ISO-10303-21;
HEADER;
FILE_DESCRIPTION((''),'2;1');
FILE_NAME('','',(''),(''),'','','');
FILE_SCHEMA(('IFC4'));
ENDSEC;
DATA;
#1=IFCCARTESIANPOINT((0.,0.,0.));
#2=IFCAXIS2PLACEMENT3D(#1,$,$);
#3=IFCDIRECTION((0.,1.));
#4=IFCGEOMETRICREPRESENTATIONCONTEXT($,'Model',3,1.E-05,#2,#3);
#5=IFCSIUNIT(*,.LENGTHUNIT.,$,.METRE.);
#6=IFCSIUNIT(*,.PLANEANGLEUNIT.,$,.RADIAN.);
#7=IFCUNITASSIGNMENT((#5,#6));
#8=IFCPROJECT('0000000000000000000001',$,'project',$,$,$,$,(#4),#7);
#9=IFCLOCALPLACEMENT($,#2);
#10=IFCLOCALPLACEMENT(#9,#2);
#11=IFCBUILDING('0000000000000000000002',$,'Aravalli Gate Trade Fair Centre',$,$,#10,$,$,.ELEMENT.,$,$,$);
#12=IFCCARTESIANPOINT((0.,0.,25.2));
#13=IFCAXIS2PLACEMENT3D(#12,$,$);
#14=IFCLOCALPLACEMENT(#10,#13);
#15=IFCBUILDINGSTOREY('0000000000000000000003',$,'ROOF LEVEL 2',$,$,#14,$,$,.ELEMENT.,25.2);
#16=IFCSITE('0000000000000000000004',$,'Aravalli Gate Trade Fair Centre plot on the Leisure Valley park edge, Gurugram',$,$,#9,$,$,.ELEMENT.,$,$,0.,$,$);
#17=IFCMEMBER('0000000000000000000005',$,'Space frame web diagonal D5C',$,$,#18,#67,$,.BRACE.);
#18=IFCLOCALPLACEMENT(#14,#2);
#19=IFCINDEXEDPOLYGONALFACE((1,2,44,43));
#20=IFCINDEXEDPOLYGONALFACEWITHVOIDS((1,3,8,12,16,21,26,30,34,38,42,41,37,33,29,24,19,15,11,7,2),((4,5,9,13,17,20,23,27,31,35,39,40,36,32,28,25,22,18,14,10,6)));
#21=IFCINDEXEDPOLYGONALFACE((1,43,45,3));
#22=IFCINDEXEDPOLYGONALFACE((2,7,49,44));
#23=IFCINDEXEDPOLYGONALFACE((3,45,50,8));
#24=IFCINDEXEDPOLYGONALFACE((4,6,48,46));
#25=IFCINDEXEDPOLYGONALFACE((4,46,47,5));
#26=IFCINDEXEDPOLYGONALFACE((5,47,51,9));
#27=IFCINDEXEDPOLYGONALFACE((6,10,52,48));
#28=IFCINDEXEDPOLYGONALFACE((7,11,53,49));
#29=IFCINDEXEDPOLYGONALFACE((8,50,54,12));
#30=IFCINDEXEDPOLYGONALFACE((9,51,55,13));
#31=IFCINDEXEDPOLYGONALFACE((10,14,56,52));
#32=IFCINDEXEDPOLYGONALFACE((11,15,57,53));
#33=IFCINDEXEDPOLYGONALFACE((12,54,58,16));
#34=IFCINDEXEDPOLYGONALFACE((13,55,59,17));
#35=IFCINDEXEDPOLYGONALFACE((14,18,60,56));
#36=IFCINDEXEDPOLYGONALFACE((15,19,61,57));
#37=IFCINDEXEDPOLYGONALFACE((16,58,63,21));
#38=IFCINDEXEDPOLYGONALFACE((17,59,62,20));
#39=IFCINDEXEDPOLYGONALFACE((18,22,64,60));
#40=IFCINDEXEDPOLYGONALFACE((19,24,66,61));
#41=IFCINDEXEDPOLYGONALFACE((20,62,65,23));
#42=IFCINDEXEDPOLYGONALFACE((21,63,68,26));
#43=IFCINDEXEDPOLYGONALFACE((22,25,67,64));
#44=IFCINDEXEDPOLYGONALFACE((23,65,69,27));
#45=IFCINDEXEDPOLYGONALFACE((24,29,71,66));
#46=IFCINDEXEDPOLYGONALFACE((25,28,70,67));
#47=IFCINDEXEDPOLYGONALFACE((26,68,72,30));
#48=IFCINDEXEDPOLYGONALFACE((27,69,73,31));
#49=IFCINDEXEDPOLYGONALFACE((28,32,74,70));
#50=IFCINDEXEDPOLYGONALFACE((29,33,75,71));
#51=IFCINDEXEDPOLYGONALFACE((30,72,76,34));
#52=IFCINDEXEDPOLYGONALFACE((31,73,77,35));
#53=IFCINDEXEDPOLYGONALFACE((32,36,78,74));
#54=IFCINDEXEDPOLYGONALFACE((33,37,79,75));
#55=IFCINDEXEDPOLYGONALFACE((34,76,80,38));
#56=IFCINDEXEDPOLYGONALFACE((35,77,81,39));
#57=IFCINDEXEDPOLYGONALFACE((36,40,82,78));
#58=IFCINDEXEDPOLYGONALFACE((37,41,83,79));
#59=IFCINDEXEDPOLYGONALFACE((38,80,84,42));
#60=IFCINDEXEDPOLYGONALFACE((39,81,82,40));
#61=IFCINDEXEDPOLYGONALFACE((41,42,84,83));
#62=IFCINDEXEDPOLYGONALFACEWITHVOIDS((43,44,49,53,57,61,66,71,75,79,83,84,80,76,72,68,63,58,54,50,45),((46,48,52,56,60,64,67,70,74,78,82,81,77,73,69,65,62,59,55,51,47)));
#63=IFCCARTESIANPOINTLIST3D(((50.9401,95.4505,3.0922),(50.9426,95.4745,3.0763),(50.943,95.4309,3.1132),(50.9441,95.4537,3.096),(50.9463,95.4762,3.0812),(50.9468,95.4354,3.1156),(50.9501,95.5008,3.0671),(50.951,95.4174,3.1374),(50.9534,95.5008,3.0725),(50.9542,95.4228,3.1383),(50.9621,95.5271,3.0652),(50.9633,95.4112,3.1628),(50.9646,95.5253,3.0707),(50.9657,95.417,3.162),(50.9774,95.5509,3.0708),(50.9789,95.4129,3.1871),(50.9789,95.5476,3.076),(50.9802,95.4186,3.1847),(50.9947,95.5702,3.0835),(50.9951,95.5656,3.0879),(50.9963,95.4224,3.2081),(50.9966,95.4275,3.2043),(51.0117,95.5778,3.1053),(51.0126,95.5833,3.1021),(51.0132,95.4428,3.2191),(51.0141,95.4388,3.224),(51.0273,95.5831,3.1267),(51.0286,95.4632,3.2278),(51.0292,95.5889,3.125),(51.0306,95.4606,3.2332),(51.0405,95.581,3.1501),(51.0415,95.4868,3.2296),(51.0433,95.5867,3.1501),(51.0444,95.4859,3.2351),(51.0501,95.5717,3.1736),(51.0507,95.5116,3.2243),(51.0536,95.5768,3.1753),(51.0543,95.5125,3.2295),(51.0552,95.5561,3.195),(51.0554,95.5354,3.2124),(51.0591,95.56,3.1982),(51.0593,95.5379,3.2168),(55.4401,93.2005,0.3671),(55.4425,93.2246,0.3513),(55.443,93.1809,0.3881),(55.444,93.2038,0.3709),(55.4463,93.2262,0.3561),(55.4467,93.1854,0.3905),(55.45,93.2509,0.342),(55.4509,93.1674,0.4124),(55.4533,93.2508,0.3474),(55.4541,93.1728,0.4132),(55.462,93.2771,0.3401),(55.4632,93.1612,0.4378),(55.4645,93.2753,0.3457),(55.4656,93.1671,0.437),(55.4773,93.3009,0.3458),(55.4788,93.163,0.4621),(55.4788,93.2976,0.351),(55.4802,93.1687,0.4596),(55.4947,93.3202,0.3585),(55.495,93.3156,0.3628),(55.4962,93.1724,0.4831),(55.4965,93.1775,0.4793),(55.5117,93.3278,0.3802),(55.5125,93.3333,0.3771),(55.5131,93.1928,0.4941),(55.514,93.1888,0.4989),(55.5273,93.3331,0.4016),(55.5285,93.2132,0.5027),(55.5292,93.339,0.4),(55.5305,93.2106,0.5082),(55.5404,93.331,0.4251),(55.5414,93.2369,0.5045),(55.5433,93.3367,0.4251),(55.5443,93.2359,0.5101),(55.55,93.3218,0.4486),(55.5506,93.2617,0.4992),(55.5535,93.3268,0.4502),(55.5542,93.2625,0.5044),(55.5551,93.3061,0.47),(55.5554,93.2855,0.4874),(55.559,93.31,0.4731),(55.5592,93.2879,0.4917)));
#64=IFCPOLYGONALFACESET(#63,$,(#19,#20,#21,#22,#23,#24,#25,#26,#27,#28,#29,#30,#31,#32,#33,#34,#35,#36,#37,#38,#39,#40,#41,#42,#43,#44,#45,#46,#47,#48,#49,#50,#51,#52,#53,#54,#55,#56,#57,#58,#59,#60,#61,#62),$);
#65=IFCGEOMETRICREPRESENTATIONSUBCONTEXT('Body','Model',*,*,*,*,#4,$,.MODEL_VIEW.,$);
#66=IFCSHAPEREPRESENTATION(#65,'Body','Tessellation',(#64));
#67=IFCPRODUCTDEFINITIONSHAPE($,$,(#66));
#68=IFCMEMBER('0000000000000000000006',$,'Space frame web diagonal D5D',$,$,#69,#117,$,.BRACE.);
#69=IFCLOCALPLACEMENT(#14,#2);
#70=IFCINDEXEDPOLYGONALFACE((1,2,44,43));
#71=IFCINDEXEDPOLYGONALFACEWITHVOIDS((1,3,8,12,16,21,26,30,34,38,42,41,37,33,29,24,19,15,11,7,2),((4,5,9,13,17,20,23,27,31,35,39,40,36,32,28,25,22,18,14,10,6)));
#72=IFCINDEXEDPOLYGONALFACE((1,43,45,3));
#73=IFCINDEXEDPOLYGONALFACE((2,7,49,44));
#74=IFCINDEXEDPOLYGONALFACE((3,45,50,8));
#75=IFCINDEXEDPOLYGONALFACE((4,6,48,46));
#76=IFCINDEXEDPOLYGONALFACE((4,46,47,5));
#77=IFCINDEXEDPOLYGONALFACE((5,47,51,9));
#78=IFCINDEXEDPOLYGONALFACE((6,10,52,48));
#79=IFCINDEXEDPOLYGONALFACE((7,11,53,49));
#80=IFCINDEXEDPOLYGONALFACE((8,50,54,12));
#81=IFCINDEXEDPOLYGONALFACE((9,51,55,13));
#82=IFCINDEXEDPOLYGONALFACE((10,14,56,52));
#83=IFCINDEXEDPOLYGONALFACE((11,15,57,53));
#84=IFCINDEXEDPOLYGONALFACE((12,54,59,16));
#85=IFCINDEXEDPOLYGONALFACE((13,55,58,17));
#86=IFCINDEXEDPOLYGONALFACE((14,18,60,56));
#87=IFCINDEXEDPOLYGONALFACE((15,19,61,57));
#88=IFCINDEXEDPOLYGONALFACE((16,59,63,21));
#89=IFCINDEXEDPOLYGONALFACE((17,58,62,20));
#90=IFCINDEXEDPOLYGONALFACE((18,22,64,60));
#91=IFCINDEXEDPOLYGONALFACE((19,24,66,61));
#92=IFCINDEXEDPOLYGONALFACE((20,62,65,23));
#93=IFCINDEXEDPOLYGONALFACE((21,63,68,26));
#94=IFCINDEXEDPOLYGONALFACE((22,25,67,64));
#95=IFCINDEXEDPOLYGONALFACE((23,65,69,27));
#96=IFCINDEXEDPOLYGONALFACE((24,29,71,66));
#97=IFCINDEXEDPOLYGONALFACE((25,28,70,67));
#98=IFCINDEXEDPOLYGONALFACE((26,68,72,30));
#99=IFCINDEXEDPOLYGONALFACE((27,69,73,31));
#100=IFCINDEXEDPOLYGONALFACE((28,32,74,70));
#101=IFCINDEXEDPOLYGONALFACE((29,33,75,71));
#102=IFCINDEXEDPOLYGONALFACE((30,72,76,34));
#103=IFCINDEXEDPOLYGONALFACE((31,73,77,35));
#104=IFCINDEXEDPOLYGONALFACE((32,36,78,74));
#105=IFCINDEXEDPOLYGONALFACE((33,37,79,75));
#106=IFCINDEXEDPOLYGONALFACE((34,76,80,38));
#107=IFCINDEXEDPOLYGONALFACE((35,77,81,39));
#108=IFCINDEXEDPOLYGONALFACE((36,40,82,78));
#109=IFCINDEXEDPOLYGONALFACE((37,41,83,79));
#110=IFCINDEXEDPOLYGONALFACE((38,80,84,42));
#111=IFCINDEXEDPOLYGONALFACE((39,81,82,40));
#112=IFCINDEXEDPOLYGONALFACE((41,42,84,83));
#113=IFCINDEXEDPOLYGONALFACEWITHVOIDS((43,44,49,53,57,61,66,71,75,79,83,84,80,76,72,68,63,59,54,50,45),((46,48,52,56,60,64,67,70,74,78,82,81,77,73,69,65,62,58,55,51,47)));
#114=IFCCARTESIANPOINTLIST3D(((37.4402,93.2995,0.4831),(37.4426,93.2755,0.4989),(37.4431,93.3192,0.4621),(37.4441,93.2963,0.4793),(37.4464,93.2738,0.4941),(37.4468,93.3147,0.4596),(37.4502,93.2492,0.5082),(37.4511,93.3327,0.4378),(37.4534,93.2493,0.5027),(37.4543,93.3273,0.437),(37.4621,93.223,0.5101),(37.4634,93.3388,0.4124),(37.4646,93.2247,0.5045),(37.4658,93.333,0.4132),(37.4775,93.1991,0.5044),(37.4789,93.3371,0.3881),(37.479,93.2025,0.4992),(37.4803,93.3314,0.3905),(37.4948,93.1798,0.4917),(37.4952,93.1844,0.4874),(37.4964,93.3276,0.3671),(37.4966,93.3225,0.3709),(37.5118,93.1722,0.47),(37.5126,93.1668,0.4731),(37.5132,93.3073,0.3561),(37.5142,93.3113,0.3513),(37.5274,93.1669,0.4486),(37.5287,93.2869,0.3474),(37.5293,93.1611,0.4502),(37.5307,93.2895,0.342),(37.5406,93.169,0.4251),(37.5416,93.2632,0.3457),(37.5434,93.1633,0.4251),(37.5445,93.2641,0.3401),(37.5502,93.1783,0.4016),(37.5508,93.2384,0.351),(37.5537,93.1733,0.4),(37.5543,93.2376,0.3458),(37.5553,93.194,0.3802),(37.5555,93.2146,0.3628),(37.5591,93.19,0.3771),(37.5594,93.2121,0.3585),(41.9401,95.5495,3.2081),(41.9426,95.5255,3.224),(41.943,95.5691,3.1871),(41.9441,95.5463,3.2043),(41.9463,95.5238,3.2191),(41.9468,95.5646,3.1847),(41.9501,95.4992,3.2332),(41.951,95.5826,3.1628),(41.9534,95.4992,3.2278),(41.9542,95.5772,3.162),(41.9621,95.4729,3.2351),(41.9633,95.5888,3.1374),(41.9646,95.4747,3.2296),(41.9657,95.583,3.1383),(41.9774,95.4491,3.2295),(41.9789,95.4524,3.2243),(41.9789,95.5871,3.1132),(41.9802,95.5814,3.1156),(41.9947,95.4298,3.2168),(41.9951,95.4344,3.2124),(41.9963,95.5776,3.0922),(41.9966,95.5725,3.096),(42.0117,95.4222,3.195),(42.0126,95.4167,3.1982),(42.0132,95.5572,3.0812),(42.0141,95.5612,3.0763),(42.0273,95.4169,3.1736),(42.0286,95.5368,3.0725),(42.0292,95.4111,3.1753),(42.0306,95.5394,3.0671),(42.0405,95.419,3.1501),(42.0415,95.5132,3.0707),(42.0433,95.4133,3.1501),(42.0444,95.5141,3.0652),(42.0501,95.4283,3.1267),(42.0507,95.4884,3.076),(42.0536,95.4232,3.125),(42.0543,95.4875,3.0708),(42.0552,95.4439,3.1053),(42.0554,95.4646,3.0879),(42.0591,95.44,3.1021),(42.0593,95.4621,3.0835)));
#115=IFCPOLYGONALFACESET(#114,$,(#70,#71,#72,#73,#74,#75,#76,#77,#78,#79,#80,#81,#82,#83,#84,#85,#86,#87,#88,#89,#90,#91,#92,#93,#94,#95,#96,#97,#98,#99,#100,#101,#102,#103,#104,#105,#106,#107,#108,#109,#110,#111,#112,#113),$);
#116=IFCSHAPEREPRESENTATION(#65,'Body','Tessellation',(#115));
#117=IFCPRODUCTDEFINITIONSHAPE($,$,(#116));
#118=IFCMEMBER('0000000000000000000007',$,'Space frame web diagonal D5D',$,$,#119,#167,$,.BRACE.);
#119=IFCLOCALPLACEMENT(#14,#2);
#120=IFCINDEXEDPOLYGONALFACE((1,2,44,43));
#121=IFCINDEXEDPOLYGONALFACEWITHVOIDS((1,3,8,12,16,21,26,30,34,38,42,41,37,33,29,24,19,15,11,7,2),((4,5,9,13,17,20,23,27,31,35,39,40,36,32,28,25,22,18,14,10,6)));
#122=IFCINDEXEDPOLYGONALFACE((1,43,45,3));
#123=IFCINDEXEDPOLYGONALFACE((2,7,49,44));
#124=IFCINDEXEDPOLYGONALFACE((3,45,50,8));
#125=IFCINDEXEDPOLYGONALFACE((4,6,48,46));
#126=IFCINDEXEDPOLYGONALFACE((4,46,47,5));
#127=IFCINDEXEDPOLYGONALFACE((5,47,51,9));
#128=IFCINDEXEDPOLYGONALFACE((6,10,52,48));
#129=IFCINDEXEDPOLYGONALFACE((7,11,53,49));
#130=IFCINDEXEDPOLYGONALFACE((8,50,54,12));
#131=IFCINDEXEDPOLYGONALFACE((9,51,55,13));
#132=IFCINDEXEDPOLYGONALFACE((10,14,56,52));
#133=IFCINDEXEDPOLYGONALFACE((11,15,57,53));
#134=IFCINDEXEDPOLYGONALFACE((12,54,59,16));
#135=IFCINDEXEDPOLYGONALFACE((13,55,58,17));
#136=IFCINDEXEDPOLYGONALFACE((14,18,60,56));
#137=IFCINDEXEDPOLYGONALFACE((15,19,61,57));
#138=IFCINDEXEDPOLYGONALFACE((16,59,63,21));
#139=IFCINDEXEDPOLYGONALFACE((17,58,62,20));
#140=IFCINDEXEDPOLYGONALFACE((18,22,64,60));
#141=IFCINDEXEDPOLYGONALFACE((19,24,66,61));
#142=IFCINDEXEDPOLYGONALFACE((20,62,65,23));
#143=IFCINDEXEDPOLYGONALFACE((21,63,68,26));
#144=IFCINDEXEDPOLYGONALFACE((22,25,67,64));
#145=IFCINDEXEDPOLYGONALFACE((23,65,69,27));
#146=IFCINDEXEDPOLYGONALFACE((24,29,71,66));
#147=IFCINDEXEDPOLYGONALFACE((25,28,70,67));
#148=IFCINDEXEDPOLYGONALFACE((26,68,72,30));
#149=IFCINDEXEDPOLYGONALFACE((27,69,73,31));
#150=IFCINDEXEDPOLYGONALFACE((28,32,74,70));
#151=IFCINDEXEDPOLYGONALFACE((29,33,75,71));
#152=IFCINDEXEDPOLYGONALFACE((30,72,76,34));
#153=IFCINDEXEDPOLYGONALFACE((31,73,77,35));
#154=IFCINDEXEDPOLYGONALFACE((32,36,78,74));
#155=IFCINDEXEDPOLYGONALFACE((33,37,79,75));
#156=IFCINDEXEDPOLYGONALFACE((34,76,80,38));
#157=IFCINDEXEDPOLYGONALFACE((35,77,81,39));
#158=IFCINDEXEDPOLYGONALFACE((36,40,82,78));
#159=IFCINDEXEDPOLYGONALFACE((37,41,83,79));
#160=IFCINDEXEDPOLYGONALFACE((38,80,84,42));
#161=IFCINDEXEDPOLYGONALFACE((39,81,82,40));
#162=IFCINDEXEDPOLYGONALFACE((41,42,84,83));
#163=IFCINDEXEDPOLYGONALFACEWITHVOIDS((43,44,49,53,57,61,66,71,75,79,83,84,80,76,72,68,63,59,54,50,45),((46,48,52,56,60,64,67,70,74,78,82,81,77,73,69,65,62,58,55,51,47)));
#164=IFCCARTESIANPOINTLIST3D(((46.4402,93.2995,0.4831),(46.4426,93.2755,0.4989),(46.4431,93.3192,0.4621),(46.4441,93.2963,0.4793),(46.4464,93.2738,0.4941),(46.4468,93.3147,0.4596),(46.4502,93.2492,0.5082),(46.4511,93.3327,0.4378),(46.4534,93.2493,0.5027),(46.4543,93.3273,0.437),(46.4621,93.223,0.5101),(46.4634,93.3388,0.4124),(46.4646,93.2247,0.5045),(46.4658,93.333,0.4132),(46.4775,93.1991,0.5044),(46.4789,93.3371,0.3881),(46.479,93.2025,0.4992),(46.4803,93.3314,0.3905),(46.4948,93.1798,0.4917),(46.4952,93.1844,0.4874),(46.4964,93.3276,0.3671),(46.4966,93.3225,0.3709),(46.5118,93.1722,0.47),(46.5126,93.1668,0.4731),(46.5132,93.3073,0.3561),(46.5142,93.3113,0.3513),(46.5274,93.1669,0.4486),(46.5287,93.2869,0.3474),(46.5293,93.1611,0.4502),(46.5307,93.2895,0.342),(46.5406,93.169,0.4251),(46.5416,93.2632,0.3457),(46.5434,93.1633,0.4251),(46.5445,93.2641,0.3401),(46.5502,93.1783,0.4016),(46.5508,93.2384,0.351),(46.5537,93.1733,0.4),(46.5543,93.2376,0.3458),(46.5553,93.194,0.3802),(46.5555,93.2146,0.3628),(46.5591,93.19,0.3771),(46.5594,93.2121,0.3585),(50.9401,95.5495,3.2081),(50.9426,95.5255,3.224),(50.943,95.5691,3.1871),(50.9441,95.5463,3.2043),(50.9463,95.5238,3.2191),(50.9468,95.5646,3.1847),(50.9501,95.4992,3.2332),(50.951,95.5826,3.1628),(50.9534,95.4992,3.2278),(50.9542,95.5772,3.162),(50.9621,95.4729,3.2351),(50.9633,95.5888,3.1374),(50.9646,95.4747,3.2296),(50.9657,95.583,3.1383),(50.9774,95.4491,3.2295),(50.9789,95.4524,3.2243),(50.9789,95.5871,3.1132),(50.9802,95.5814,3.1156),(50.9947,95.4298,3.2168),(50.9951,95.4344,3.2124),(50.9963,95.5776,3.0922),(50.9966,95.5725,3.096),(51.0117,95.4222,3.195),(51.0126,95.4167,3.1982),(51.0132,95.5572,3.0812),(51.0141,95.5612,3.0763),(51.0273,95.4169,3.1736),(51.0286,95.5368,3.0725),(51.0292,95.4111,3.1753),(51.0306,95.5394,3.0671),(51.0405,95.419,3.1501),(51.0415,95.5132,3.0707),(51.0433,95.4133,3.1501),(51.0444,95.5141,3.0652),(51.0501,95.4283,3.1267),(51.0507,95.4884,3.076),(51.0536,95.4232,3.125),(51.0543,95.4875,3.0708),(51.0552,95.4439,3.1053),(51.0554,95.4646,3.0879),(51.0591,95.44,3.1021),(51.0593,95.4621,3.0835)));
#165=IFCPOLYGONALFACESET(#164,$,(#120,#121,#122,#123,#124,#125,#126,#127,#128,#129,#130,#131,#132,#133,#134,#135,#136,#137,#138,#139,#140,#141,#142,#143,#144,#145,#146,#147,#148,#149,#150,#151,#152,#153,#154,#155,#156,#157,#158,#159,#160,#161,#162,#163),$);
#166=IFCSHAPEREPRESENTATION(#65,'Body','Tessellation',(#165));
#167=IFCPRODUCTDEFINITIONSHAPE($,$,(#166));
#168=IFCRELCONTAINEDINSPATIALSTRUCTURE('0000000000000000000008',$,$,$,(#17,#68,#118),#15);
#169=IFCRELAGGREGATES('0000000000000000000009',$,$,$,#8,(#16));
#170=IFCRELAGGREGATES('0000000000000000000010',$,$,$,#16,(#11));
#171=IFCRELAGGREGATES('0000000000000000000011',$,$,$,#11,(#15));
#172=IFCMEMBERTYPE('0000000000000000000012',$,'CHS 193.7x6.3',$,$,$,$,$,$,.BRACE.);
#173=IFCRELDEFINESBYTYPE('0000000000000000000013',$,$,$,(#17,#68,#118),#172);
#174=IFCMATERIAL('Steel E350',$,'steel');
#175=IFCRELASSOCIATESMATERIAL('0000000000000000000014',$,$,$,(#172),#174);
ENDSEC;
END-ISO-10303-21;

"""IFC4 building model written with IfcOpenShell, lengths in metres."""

from ifc_helpers import new_model, si_unit, direction, frame, origin, origin_2d, place, context, subcontext, project, spatial, hollow_circle, extrude, material, material_profile, profile_set, type_object, element, save


model = new_model("IFC4")

# Units and contexts
model_context = context("Model", 3, precision=1e-05, world=origin(), true_north=direction((0.0, 1.0)))
body_context = subcontext(model_context, "Body", "Model", "MODEL_VIEW")
ifc_project = project(units=[si_unit("LENGTHUNIT", "METRE"), si_unit("PLANEANGLEUNIT", "RADIAN")], contexts=[model_context])

# Site, building, storey
site_placement = place(None, origin())
site = spatial("IfcSite", under=ifc_project, at=site_placement, Name="Aravalli Gate Trade Fair Centre plot on the Leisure Valley park edge, Gurugram", CompositionType="ELEMENT", RefElevation=0.0)
building_placement = place(site_placement, origin())
building = spatial("IfcBuilding", under=site, at=building_placement, Name="Aravalli Gate Trade Fair Centre", CompositionType="ELEMENT")
storey_placement = place(building_placement, frame((0.0, 0.0, 25.2)))
storey = spatial("IfcBuildingStorey", under=building, at=storey_placement, Name="ROOF LEVEL 2", CompositionType="ELEMENT", Elevation=25.2)

# Members
ifc_material_1 = material(Name="Steel E350", Category="steel")
ifc_material_profile_1 = material_profile(ifc_material_1, hollow_circle(Radius=0.0969, WallThickness=0.0063, at=origin_2d()), Name="CHS 193.7x6.3")
ifc_profile_set_1 = profile_set([ifc_material_profile_1], Name="Steel E350")
member_type_1 = type_object("IfcMemberType", Name="CHS 193.7x6.3", PredefinedType="BRACE", material=ifc_profile_set_1)
for number, where, z_axis, x_axis, name in (
    (1, (51.0, 95.5, 3.1501), (0.78647, -0.393235, -0.476268), (0.447214, 0.894427, 0.0), "Space frame web diagonal D5C"),
    (2, (42.0, 95.5, 3.1501), (-0.78647, -0.393235, -0.476268), (0.447214, -0.894427, 0.0), "Space frame web diagonal D5D"),
    (3, (51.0, 95.5, 3.1501), (-0.78647, -0.393235, -0.476268), (0.447214, -0.894427, 0.0), "Space frame web diagonal D5D"),
):
    element("IfcMember", number, at=place(storey_placement, frame(where, z_axis=z_axis, x_axis=x_axis)), inside=storey, type_object=member_type_1, Name=name, PredefinedType="BRACE", context=body_context, shape_type="SweptSolid", body=[
        extrude(hollow_circle(Radius=0.0969, WallThickness=0.0063, at=origin_2d()), origin(), (0.0, 0.0, 1.0), 5.7217),
    ])

save(model, "model.ifc")
